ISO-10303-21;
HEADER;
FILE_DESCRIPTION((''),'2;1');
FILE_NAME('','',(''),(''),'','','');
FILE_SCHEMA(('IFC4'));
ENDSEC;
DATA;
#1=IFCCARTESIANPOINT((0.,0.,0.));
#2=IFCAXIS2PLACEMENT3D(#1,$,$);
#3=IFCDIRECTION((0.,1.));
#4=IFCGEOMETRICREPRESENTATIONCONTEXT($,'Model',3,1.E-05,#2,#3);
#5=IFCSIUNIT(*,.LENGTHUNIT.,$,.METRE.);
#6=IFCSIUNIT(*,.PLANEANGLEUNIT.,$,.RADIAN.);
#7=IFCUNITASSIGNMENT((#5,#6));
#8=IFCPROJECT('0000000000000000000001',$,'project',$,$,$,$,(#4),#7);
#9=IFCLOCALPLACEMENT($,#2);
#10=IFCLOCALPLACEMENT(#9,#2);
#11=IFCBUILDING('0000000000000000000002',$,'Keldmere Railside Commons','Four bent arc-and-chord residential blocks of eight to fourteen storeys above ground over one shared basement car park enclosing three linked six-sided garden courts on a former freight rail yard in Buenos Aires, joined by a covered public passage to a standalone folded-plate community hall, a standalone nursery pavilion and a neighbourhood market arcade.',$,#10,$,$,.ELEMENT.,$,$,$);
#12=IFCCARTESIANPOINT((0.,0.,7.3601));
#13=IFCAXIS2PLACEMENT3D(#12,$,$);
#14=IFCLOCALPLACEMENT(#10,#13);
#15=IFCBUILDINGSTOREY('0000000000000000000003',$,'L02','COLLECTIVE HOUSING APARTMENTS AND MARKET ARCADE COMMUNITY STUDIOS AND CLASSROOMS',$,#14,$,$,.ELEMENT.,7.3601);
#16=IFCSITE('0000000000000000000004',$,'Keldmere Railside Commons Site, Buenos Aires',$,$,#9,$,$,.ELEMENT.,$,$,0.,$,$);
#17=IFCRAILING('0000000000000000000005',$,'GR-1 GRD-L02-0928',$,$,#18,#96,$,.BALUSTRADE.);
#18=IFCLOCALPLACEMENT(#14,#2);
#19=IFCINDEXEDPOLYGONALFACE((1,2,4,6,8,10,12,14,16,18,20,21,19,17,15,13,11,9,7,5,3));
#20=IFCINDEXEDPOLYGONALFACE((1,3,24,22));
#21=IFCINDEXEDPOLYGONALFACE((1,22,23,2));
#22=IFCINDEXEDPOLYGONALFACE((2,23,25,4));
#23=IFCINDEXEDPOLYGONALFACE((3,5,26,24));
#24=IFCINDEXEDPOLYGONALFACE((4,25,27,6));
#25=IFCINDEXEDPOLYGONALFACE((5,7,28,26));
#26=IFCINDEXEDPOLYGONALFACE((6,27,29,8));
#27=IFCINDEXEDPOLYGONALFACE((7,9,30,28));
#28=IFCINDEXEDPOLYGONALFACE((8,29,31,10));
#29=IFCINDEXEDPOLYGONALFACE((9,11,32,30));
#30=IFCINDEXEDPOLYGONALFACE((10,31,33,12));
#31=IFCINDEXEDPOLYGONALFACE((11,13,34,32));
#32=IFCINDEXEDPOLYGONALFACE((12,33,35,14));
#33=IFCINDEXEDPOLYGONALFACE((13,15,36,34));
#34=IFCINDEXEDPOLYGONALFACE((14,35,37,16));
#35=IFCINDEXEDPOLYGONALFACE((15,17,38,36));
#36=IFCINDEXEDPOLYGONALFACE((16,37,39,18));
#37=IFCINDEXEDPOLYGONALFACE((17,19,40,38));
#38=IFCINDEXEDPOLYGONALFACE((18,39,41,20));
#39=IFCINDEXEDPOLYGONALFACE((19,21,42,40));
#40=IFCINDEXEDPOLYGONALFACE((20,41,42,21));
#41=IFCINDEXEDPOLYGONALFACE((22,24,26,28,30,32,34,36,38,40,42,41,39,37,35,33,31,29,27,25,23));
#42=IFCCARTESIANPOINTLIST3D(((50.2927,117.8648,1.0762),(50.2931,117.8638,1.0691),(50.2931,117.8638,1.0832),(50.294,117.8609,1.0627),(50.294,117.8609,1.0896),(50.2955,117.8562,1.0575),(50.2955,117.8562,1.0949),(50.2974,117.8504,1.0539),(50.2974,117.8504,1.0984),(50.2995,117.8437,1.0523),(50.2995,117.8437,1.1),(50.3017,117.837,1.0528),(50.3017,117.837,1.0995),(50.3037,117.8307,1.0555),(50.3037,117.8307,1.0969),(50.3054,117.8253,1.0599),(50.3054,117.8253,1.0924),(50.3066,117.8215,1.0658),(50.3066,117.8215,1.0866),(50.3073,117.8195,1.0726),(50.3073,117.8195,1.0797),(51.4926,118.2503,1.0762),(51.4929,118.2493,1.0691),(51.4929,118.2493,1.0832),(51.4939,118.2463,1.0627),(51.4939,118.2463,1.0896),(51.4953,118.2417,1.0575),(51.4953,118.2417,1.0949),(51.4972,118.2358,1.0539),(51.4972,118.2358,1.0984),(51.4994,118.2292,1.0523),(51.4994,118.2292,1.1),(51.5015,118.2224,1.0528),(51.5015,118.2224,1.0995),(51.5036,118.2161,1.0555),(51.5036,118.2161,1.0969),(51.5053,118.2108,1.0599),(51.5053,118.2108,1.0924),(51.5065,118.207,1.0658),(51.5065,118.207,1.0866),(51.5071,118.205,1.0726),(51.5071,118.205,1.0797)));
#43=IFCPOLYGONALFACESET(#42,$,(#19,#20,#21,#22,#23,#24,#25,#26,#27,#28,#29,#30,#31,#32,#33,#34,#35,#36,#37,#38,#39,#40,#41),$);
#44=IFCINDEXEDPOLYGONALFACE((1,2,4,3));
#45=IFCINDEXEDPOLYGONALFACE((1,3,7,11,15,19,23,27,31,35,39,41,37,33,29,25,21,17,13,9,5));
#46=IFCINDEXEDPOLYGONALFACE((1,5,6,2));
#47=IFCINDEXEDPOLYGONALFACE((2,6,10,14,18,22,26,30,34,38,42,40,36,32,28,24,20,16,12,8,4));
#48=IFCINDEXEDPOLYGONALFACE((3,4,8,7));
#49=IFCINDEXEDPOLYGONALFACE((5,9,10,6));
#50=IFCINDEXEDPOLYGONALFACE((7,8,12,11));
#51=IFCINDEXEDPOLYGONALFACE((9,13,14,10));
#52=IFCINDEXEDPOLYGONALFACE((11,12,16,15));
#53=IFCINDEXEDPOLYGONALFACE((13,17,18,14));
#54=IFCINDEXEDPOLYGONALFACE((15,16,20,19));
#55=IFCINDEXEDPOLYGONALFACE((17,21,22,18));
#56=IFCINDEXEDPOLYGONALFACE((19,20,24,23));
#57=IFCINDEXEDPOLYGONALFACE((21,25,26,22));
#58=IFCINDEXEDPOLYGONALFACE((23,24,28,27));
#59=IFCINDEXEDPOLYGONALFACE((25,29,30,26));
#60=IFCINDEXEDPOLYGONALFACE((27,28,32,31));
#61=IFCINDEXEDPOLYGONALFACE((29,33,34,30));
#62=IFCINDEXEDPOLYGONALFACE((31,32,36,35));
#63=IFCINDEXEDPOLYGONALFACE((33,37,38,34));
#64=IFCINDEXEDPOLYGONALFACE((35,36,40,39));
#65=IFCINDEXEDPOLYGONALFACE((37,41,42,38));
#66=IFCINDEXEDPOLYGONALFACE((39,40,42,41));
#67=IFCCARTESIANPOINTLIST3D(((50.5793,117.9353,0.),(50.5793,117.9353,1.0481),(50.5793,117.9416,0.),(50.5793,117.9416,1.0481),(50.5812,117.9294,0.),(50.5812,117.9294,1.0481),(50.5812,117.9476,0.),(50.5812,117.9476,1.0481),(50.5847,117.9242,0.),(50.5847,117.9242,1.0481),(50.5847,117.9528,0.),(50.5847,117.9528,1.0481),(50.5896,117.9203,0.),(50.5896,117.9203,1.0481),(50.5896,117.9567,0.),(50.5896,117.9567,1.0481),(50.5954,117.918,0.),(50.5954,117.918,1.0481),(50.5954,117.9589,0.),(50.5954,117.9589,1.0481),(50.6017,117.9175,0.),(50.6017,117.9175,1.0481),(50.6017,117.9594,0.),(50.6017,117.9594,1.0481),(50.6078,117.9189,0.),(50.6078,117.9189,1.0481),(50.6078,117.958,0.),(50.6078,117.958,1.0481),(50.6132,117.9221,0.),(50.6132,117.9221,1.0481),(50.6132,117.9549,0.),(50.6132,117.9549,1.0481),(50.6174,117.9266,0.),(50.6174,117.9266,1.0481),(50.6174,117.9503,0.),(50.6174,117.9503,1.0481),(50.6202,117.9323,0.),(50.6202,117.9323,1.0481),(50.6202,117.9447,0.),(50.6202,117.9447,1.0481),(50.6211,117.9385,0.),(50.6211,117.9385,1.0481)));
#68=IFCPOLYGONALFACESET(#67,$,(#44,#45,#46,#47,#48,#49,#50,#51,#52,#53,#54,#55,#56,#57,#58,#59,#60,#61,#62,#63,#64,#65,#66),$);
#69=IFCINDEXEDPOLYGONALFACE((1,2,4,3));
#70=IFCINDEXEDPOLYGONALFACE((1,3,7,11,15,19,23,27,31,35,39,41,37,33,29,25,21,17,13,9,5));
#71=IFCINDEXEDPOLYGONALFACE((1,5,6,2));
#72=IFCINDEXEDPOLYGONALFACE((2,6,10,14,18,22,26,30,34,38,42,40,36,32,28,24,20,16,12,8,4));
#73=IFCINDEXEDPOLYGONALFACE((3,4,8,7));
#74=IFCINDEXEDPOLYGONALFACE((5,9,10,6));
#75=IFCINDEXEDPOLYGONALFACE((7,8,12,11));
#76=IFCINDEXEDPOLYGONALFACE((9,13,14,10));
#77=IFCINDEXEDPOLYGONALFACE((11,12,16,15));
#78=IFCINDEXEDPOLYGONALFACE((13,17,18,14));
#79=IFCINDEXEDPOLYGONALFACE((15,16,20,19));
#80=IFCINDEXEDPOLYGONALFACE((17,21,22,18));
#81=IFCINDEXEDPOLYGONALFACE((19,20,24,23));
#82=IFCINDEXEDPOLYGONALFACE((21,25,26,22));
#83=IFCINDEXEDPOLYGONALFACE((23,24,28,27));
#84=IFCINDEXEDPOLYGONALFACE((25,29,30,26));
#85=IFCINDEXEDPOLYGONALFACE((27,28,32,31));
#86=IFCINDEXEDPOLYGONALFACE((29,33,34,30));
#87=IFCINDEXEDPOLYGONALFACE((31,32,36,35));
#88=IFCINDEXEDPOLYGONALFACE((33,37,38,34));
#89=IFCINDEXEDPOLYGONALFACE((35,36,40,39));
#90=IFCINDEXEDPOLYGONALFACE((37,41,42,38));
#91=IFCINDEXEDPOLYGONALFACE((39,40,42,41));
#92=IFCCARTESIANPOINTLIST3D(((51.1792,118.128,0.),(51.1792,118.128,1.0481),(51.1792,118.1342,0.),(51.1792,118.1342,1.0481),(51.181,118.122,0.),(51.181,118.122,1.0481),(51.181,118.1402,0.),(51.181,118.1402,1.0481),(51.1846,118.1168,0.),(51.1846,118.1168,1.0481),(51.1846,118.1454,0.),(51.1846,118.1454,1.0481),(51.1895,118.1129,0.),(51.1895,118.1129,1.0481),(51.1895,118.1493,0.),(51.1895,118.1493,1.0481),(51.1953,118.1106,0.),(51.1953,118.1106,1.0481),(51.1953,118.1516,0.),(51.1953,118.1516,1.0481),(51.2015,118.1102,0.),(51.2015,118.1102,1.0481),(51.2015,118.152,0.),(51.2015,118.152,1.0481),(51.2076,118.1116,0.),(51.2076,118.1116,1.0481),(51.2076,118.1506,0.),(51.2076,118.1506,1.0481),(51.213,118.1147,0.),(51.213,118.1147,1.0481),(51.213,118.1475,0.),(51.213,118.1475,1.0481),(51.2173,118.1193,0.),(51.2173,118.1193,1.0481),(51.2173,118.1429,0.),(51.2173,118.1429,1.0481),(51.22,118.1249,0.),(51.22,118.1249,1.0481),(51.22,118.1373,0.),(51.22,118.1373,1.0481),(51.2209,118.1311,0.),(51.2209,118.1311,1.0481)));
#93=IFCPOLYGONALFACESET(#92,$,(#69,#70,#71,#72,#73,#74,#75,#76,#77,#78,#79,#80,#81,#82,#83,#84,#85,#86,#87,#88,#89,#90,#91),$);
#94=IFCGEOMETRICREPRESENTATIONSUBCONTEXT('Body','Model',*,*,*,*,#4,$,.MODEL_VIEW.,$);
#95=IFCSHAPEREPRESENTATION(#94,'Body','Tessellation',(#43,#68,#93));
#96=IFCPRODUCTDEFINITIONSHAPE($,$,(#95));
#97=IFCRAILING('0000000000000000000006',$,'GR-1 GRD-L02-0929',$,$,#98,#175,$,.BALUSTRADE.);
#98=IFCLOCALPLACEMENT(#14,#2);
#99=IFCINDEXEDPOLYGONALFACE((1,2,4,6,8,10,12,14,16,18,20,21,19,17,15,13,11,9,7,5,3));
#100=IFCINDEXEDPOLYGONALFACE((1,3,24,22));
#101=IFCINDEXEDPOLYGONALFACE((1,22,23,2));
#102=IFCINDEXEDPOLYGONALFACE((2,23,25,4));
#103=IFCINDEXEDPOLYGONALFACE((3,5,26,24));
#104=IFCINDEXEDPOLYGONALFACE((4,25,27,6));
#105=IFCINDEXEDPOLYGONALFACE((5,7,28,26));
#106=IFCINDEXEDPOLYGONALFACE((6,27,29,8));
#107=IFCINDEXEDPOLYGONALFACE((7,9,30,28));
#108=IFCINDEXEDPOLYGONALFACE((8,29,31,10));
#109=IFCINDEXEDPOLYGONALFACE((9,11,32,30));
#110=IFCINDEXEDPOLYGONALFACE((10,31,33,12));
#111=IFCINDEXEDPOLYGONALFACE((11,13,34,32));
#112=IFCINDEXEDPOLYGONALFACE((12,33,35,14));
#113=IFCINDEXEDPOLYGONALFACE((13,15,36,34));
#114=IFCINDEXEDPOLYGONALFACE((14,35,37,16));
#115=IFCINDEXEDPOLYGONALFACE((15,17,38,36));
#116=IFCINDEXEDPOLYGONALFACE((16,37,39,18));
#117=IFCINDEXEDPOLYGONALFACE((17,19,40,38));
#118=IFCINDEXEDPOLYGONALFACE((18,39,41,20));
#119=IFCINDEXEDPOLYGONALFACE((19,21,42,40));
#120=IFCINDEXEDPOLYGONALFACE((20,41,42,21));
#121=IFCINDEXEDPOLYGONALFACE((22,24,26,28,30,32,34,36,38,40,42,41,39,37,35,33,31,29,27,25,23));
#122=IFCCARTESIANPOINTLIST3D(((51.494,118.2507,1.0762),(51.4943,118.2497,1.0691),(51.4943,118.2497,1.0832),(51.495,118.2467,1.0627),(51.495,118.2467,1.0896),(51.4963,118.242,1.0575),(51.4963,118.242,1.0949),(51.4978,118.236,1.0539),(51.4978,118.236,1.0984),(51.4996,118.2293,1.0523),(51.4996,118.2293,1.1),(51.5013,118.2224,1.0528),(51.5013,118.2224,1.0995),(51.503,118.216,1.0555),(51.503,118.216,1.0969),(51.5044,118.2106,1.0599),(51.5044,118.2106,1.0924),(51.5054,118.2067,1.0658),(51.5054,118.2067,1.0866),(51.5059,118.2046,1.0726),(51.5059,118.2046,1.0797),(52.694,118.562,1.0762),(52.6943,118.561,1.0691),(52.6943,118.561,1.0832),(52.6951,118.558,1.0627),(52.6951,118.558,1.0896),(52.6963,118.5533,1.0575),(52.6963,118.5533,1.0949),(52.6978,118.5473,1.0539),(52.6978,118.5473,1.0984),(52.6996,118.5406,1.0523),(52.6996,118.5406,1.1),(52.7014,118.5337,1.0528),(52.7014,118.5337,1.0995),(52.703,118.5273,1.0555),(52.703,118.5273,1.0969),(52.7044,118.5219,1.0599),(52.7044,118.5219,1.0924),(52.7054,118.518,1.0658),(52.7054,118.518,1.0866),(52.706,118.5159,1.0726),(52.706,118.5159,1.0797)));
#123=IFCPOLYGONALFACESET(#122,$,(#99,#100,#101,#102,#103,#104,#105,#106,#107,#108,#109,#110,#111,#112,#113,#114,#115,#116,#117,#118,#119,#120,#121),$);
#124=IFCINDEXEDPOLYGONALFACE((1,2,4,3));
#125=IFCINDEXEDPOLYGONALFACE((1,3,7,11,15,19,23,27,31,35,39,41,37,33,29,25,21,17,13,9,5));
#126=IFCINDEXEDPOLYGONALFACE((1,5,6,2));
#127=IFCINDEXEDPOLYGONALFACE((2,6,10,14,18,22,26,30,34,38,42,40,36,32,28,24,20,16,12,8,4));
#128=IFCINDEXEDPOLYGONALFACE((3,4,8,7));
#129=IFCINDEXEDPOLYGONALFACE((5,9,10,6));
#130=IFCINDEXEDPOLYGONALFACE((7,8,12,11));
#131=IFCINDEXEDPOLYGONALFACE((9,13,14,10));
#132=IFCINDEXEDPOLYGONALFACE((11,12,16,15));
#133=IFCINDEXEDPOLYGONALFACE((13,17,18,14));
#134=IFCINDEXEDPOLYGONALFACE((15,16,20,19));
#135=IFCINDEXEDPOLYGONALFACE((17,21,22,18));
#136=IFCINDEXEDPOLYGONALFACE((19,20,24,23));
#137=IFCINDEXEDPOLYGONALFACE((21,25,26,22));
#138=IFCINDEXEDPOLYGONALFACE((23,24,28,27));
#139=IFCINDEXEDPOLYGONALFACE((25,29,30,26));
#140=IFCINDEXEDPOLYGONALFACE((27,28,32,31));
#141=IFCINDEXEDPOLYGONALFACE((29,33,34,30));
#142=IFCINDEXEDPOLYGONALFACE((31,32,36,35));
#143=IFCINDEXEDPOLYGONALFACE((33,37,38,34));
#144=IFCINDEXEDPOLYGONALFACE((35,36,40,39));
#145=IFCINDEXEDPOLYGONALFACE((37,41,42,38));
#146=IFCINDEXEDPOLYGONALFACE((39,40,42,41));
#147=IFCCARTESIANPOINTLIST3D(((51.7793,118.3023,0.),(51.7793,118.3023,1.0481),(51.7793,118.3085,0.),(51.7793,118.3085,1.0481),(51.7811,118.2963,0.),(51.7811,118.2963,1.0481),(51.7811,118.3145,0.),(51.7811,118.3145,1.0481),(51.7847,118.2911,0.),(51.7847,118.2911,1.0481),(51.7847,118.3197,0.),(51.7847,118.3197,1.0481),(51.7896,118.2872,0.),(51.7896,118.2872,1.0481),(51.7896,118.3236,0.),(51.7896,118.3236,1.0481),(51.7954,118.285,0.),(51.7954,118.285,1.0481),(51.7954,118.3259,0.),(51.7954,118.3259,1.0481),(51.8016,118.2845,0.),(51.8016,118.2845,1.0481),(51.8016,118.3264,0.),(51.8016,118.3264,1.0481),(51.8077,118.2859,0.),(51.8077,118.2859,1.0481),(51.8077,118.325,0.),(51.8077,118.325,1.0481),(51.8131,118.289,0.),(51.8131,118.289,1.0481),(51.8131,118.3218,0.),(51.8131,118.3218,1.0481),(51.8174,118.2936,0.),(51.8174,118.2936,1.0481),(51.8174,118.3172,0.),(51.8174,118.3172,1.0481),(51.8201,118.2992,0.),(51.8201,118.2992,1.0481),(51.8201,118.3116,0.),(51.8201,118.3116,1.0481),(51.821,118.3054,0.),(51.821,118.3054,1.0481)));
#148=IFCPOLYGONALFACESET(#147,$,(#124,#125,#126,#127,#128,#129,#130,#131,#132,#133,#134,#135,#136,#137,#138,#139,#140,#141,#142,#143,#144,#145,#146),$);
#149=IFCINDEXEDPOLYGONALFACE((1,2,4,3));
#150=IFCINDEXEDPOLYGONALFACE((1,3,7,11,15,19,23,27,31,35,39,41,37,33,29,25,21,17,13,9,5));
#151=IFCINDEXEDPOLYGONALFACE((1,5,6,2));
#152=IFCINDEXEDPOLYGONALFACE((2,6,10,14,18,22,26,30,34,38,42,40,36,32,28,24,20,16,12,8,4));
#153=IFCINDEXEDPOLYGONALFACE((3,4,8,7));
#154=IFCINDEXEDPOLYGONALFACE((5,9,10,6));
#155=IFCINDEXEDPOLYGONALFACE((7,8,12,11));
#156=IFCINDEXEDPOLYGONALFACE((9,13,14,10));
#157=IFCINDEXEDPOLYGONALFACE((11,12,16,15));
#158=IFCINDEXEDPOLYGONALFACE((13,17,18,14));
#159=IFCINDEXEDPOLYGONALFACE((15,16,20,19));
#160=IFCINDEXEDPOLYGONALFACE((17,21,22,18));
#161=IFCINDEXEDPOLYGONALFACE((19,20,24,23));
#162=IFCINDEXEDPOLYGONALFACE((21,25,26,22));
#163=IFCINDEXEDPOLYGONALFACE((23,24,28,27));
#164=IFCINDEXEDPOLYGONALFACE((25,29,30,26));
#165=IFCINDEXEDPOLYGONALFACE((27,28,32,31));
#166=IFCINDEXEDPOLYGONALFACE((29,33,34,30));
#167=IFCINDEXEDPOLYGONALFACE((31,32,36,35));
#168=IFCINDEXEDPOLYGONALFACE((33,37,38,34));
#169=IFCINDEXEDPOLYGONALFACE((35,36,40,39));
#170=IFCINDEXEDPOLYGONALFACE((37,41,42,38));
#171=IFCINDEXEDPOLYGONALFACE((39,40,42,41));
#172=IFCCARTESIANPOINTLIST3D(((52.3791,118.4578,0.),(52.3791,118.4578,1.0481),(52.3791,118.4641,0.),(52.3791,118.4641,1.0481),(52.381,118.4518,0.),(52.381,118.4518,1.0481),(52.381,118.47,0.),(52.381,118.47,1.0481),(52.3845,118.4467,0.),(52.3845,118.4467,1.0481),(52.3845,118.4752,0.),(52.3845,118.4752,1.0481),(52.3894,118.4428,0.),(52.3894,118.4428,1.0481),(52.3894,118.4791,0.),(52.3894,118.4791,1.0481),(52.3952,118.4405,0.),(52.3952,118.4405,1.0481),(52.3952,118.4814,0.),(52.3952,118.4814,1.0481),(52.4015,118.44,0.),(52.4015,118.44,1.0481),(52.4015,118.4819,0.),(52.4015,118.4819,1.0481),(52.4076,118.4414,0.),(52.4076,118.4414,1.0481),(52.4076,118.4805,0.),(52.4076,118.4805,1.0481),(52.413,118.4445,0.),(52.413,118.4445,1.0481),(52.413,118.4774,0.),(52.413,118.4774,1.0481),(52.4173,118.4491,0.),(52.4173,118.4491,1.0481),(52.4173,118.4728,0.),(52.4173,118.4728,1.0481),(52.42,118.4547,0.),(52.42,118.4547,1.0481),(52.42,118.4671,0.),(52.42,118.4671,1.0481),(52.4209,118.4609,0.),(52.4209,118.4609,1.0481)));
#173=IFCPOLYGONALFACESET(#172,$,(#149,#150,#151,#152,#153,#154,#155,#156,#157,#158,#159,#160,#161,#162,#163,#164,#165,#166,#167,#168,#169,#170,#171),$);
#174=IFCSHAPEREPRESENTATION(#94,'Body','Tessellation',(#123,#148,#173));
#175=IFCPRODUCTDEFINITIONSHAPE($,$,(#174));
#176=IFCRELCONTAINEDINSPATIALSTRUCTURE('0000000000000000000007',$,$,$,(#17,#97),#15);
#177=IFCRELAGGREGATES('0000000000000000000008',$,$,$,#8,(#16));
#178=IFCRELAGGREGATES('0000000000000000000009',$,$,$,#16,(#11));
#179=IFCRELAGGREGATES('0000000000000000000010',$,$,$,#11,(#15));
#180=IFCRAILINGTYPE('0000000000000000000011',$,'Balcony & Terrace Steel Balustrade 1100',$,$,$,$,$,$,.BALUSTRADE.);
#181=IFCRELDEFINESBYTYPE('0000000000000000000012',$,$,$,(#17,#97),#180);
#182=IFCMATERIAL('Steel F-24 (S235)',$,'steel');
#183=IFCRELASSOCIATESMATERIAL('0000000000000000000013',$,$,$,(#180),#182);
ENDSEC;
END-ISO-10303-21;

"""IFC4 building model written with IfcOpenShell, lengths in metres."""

from ifc_helpers import new_model, si_unit, direction, frame, origin, origin_2d, place, context, subcontext, project, spatial, circle, extrude, material, type_object, element, save


model = new_model("IFC4")

# Units and contexts
model_context = context("Model", 3, precision=1e-05, world=origin(), true_north=direction((0.0, 1.0)))
body_context = subcontext(model_context, "Body", "Model", "MODEL_VIEW")
ifc_project = project(units=[si_unit("LENGTHUNIT", "METRE"), si_unit("PLANEANGLEUNIT", "RADIAN")], contexts=[model_context])

# Site, building, storey
site_placement = place(None, origin())
site = spatial("IfcSite", under=ifc_project, at=site_placement, Name="Keldmere Railside Commons Site, Buenos Aires", CompositionType="ELEMENT", RefElevation=0.0)
building_placement = place(site_placement, origin())
building = spatial("IfcBuilding", under=site, at=building_placement, Name="Keldmere Railside Commons", Description="Four bent arc-and-chord residential blocks of eight to fourteen storeys above ground over one shared basement car park enclosing three linked six-sided garden courts on a former freight rail yard in Buenos Aires, joined by a covered public passage to a standalone folded-plate community hall, a standalone nursery pavilion and a neighbourhood market arcade.", CompositionType="ELEMENT")
storey_placement = place(building_placement, frame((0.0, 0.0, 7.3601)))
storey = spatial("IfcBuildingStorey", under=building, at=storey_placement, Name="L02", Description="COLLECTIVE HOUSING APARTMENTS AND MARKET ARCADE COMMUNITY STUDIOS AND CLASSROOMS", CompositionType="ELEMENT", Elevation=7.3601)

# Railings
ifc_material_1 = material(Name="Steel F-24 (S235)", Category="steel")
railing_type = type_object("IfcRailingType", Name="Balcony & Terrace Steel Balustrade 1100", PredefinedType="BALUSTRADE", material=ifc_material_1)
railing_1_placement = place(storey_placement, frame((50.3, 117.842, 0.0)))
element("IfcRailing", 1, at=railing_1_placement, inside=storey, type_object=railing_type, Name="GR-1 GRD-L02-0928", PredefinedType="BALUSTRADE", context=body_context, shape_type="SweptSolid", body=[
    extrude(circle(Radius=0.0239, at=origin_2d()), frame((0.0, 0.0, 1.0762), z_axis=(0.952075, 0.305865, 0.0), x_axis=(-0.305865, 0.952075, 0.0)), (0.0, 0.0, 1.0), 1.2603),
    extrude(circle(Radius=0.021, at=origin_2d()), frame((0.3, 0.0964, 0.0)), (0.0, 0.0, 1.0), 1.0481),
    extrude(circle(Radius=0.021, at=origin_2d()), frame((0.8999, 0.2891, 0.0)), (0.0, 0.0, 1.0), 1.0481),
])
railing_2_placement = place(storey_placement, frame((51.5, 118.2275, 0.0)))
element("IfcRailing", 2, at=railing_2_placement, inside=storey, type_object=railing_type, Name="GR-1 GRD-L02-0929", PredefinedType="BALUSTRADE", context=body_context, shape_type="SweptSolid", body=[
    extrude(circle(Radius=0.0239, at=origin_2d()), frame((0.0, 0.0, 1.0762), z_axis=(0.967961, 0.251099, 0.0), x_axis=(-0.251099, 0.967961, 0.0)), (0.0, 0.0, 1.0), 1.2397),
    extrude(circle(Radius=0.021, at=origin_2d()), frame((0.3, 0.0779, 0.0)), (0.0, 0.0, 1.0), 1.0481),
    extrude(circle(Radius=0.021, at=origin_2d()), frame((0.8999, 0.2334, 0.0)), (0.0, 0.0, 1.0), 1.0481),
])

save(model, "model.ifc")
